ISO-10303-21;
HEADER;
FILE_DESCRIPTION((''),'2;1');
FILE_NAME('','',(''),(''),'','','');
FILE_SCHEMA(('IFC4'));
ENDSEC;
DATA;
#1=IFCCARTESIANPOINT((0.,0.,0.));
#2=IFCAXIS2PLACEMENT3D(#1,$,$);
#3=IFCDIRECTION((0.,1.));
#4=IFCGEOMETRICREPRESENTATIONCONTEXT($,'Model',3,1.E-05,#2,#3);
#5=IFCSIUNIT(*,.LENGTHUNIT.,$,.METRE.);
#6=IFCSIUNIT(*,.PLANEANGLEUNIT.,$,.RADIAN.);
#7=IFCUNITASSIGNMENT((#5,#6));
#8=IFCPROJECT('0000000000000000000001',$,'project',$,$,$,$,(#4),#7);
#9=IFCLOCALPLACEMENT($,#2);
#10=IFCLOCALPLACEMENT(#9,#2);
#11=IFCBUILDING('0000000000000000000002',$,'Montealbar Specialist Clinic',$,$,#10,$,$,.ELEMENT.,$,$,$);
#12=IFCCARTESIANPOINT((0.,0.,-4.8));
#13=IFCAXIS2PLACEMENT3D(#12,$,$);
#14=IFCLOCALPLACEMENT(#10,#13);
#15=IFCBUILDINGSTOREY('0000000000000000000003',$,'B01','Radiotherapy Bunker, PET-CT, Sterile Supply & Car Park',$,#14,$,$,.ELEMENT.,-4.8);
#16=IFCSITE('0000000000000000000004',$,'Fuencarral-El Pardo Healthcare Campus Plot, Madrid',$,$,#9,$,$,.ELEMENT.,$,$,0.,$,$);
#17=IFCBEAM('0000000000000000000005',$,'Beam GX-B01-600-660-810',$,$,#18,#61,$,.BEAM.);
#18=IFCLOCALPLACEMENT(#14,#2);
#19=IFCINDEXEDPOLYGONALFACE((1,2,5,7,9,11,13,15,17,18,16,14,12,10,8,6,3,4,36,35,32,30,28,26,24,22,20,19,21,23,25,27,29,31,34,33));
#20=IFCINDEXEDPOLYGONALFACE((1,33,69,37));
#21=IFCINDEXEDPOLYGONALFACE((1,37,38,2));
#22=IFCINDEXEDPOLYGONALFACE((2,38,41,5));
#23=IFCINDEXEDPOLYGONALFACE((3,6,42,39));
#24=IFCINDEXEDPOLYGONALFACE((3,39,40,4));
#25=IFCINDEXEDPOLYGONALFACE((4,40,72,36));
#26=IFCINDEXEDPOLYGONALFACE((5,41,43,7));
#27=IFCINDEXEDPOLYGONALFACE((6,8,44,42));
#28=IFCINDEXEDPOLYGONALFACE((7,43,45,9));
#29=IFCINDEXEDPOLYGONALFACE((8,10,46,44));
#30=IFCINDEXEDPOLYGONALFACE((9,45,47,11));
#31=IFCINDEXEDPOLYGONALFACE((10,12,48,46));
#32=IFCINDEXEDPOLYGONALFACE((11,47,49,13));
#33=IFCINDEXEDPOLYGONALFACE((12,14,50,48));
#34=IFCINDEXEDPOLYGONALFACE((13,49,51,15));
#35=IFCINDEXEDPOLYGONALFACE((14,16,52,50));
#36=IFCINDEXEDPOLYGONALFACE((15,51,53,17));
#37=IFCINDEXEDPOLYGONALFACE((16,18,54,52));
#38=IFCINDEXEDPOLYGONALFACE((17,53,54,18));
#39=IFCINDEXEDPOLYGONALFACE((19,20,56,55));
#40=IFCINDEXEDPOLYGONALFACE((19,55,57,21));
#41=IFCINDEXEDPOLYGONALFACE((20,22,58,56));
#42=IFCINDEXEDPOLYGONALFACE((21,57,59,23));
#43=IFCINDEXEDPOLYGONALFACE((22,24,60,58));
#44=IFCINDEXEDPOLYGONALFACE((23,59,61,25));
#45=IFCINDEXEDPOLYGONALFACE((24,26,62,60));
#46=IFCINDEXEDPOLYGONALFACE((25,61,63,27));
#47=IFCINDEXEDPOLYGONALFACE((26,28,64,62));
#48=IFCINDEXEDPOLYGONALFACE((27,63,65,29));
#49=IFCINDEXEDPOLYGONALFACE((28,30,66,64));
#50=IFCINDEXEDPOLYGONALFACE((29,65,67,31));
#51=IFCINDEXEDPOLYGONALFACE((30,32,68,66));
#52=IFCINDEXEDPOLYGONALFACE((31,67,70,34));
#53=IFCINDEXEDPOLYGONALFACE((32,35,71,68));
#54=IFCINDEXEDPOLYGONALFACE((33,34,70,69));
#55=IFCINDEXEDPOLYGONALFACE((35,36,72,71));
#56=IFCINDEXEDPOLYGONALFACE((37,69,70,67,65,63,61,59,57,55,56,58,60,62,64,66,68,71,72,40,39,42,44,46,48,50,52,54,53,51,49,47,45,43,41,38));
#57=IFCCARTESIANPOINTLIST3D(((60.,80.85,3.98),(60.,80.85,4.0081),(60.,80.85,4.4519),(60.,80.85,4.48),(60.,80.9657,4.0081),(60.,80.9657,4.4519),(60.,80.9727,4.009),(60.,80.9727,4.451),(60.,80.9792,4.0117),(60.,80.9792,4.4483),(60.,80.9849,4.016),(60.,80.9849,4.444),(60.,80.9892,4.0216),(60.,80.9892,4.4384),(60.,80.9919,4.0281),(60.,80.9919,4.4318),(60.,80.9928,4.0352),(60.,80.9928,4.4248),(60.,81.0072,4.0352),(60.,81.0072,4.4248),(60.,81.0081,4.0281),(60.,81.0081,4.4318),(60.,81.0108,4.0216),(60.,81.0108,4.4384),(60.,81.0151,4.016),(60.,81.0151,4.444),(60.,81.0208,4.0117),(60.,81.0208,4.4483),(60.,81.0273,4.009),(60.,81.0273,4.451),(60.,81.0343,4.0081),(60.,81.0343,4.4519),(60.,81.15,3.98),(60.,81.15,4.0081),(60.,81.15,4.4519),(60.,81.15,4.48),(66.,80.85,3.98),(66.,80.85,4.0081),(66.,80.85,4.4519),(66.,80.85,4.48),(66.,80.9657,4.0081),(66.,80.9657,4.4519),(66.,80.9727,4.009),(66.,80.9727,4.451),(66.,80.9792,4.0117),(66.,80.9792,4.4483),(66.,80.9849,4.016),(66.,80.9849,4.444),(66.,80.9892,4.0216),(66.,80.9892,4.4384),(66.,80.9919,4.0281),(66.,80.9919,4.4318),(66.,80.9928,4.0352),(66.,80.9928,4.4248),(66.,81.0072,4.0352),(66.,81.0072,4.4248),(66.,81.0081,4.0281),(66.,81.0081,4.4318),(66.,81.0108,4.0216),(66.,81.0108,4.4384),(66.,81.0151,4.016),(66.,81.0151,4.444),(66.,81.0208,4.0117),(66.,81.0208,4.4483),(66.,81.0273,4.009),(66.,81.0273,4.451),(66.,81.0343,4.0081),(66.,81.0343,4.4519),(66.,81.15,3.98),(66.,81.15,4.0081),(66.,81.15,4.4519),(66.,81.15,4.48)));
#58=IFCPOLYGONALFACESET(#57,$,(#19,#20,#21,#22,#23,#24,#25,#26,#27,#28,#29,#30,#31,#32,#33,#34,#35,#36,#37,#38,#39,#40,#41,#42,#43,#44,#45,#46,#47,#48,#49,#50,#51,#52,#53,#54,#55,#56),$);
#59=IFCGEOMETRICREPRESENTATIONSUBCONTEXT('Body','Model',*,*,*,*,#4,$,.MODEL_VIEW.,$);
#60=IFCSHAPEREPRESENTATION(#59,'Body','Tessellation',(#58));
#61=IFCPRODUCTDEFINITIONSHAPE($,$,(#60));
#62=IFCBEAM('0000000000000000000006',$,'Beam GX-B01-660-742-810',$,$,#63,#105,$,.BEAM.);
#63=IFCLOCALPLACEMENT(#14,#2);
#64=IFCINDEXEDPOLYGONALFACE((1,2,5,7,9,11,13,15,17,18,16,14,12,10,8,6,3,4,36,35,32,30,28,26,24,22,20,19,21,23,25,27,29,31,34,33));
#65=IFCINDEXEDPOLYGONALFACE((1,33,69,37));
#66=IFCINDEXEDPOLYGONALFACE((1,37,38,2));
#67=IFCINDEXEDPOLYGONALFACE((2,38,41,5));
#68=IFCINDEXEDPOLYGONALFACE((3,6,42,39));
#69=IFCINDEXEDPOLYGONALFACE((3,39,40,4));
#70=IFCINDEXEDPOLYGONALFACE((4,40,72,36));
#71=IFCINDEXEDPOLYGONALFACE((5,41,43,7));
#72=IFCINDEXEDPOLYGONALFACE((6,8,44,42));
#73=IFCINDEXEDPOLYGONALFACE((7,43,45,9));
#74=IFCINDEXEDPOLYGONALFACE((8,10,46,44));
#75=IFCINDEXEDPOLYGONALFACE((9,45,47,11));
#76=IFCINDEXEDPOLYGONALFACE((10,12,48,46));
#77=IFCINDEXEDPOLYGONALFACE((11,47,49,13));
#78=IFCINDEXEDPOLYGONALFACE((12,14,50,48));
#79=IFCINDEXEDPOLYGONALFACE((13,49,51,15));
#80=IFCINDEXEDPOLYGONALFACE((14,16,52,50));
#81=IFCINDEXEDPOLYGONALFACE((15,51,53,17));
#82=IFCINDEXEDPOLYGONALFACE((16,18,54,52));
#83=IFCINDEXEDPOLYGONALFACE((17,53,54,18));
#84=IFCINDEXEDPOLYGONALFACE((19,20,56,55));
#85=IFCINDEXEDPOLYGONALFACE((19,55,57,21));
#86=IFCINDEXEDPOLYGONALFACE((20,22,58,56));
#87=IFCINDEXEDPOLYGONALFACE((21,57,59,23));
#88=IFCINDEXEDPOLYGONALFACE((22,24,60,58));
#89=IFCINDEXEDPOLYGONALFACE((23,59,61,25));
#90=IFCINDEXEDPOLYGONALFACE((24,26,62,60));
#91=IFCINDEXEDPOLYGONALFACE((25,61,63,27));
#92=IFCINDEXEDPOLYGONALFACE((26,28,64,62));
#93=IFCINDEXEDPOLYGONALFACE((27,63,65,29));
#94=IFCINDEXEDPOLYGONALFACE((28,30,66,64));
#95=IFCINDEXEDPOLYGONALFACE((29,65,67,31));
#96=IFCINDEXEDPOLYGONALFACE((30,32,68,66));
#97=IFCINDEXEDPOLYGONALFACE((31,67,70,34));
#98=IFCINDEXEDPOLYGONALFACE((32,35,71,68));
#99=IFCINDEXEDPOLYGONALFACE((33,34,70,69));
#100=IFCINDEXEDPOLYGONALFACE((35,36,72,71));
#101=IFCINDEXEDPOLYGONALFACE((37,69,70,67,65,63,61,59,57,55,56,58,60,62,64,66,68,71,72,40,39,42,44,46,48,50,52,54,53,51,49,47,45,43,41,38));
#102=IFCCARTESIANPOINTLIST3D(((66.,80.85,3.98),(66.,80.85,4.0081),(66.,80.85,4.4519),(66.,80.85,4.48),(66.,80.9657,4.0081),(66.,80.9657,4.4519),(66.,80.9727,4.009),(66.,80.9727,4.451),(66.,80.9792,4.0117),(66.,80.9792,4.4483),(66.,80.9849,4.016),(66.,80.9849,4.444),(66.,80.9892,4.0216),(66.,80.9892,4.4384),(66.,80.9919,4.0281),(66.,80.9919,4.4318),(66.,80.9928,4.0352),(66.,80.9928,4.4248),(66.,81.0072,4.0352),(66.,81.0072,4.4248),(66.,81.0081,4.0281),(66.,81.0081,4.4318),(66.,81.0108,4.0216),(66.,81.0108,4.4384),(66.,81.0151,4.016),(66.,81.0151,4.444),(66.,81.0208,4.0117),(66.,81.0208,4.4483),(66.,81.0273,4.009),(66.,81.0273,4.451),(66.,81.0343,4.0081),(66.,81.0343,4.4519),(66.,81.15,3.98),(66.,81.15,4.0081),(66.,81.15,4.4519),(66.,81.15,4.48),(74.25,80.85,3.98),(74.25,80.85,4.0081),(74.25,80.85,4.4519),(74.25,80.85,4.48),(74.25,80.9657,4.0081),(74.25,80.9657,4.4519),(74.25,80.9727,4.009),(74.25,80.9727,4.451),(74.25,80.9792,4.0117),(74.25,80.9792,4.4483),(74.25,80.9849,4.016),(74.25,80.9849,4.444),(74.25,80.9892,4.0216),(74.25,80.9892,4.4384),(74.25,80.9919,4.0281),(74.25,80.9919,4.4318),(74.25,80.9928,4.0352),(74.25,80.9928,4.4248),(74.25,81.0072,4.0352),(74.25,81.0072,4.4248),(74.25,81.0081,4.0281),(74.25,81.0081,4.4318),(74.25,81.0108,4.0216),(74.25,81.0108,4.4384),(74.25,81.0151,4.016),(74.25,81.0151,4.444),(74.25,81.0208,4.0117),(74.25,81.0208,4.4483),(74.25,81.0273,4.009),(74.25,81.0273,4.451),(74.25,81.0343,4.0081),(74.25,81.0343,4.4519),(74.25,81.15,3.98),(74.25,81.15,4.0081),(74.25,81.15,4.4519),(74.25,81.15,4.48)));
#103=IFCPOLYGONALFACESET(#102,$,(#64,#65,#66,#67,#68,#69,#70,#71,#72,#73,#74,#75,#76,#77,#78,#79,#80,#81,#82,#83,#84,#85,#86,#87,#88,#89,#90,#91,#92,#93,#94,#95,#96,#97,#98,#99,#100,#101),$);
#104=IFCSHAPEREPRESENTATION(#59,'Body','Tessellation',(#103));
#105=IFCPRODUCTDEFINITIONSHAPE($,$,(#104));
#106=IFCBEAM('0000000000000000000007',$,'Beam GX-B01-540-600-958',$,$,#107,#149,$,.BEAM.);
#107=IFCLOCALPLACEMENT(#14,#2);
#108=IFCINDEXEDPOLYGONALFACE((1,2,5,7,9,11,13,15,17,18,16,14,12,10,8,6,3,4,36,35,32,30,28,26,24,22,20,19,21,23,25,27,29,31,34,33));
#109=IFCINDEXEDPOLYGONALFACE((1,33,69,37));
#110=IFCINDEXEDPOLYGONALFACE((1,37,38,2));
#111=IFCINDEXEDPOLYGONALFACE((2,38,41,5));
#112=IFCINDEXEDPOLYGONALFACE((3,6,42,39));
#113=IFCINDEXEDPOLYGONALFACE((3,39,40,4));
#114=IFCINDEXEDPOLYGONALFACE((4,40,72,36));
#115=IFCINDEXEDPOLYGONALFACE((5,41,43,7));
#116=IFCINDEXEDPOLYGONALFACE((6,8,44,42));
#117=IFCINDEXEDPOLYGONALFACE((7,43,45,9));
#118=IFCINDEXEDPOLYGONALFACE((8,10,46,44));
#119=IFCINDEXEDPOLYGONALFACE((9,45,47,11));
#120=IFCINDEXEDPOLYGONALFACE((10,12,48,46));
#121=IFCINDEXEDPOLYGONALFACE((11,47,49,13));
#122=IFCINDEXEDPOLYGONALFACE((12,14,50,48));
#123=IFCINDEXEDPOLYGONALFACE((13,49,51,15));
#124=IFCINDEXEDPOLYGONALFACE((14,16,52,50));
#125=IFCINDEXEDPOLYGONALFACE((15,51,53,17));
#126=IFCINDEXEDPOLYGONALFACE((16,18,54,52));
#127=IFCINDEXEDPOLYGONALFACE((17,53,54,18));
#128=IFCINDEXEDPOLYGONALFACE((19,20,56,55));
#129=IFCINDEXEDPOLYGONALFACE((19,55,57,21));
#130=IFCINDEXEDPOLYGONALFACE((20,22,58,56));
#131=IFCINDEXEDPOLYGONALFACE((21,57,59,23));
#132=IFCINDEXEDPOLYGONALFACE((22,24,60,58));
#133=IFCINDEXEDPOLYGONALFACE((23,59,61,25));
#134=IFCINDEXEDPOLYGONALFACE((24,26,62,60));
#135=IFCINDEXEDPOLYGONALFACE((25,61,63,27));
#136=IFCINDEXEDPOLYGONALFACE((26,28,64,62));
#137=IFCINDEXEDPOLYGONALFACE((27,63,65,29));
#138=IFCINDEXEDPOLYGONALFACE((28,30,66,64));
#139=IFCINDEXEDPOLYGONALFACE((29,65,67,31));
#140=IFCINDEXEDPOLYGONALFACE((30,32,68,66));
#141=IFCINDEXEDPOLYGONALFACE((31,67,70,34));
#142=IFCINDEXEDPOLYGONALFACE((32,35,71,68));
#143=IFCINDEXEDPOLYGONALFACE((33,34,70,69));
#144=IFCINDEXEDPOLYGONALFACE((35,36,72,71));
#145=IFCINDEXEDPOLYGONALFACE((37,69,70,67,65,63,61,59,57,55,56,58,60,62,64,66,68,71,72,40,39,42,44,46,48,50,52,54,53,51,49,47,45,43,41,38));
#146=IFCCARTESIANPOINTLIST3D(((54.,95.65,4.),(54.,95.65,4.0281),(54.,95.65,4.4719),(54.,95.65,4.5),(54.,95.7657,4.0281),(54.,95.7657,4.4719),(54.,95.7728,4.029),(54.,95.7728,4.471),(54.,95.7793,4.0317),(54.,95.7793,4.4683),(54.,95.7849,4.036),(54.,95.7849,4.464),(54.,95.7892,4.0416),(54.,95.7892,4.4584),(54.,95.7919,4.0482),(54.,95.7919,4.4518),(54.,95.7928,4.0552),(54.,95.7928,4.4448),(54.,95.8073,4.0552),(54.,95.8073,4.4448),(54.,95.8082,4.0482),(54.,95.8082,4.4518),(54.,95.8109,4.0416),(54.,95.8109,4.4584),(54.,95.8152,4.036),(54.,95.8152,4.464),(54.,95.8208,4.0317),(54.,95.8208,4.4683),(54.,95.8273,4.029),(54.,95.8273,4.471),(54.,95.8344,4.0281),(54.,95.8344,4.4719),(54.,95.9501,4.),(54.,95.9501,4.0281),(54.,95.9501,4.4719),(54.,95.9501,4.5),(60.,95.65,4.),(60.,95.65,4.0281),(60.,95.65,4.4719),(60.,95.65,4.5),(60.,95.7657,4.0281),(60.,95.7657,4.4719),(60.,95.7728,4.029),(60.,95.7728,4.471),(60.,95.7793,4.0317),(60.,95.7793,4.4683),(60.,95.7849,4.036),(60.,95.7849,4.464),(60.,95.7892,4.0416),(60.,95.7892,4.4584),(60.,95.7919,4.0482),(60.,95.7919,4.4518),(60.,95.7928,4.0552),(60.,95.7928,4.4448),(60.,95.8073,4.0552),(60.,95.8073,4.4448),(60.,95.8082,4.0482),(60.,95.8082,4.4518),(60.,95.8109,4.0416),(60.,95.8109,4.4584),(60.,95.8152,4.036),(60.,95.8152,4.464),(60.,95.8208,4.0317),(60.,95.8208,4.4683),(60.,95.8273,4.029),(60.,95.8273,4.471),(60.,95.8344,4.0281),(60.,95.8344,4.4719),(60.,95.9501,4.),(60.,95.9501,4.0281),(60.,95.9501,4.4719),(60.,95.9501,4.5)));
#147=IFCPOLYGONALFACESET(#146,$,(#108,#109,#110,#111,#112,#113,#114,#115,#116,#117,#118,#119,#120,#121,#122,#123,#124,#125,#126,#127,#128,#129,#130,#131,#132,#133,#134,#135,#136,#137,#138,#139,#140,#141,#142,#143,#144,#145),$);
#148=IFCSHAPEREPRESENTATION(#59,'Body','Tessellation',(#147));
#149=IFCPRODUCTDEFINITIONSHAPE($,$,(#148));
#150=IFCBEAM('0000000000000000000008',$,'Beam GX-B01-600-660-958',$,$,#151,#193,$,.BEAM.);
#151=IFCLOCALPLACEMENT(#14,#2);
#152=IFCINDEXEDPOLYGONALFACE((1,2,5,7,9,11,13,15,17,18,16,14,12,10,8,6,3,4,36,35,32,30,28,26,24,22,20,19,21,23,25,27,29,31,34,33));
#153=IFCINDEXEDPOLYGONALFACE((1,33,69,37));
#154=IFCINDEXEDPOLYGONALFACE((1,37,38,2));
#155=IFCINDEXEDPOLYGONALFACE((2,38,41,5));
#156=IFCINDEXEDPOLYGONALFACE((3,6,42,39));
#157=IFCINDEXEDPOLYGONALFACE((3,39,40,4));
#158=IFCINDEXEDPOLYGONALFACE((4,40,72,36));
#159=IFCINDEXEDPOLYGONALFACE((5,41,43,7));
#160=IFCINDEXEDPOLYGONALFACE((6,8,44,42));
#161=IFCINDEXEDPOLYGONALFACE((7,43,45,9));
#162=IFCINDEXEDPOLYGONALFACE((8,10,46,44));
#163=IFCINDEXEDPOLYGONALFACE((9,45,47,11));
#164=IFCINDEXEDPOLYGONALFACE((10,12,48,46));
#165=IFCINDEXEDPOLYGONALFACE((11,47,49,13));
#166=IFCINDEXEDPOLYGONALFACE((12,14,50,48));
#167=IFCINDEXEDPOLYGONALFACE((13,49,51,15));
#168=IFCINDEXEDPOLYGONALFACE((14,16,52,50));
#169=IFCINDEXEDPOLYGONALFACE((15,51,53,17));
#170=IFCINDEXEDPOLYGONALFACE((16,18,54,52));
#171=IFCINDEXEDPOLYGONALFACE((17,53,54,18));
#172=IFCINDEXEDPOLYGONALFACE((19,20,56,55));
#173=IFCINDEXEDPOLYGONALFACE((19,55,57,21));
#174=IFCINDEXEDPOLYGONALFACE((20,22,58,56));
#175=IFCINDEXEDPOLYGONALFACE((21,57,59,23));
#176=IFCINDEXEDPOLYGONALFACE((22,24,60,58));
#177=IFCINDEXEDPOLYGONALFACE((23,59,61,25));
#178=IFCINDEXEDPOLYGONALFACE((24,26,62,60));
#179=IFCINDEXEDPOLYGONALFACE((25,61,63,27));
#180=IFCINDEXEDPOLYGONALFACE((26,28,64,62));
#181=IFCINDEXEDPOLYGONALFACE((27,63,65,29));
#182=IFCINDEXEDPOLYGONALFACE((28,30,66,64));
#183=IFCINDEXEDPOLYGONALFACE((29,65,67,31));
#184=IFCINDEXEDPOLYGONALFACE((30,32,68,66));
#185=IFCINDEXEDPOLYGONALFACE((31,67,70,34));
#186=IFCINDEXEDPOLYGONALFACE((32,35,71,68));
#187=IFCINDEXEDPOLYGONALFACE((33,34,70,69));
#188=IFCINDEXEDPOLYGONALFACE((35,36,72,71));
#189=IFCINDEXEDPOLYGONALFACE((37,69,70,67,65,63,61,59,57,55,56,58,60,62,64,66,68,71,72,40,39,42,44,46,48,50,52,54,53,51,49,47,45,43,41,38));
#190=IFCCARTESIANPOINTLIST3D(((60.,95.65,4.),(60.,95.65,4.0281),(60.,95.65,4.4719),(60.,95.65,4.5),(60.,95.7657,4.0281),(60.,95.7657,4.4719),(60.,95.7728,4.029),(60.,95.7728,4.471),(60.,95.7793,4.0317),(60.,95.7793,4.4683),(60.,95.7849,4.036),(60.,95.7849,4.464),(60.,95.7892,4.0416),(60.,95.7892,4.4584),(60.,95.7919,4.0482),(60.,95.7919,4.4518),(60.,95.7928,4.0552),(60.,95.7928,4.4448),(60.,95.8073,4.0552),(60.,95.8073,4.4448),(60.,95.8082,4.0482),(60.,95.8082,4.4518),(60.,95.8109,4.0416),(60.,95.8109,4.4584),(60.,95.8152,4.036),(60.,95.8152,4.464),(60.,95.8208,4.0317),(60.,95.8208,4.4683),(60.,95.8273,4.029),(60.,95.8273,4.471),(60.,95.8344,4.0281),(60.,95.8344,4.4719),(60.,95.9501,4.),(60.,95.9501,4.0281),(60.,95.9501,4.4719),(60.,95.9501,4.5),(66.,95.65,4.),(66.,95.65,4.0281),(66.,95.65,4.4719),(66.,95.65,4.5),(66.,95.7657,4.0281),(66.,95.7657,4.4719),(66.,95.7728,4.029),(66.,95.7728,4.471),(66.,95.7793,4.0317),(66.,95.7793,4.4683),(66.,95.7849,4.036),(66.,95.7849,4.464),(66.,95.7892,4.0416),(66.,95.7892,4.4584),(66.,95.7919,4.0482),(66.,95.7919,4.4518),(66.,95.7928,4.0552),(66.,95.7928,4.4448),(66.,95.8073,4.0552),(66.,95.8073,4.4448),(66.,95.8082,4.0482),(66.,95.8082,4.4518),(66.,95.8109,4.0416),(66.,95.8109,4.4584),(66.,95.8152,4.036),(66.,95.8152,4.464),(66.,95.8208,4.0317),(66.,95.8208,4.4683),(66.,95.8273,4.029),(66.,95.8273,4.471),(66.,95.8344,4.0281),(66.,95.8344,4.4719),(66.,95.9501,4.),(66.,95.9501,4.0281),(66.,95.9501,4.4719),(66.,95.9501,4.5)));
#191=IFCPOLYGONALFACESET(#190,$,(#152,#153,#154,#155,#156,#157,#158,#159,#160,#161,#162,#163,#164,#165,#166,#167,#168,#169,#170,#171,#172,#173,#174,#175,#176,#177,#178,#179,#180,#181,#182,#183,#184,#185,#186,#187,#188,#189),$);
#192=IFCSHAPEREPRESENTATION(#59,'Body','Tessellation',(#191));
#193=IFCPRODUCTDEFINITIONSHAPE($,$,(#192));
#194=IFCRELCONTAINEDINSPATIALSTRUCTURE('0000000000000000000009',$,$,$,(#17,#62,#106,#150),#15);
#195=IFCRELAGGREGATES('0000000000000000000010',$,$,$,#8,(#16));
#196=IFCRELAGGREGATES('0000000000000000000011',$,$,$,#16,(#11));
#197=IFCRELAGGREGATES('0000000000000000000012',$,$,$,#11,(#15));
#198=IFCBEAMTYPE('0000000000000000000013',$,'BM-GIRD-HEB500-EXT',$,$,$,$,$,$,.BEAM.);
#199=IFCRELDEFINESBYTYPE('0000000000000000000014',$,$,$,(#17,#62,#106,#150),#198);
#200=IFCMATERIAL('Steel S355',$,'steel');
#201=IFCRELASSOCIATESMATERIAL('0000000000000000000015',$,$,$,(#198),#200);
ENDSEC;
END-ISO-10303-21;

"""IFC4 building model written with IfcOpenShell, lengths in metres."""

from ifc_helpers import new_model, si_unit, direction, frame, origin, origin_2d, place, context, subcontext, project, spatial, i_section, extrude, material, material_profile, profile_set, type_object, element, save


model = new_model("IFC4")

# Units and contexts
model_context = context("Model", 3, precision=1e-05, world=origin(), true_north=direction((0.0, 1.0)))
body_context = subcontext(model_context, "Body", "Model", "MODEL_VIEW")
ifc_project = project(units=[si_unit("LENGTHUNIT", "METRE"), si_unit("PLANEANGLEUNIT", "RADIAN")], contexts=[model_context])

# Site, building, storey
site_placement = place(None, origin())
site = spatial("IfcSite", under=ifc_project, at=site_placement, Name="Fuencarral-El Pardo Healthcare Campus Plot, Madrid", CompositionType="ELEMENT", RefElevation=0.0)
building_placement = place(site_placement, origin())
building = spatial("IfcBuilding", under=site, at=building_placement, Name="Montealbar Specialist Clinic", CompositionType="ELEMENT")
storey_placement = place(building_placement, frame((0.0, 0.0, -4.8)))
storey = spatial("IfcBuildingStorey", under=building, at=storey_placement, Name="B01", Description="Radiotherapy Bunker, PET-CT, Sterile Supply & Car Park", CompositionType="ELEMENT", Elevation=-4.8)

# Shared definitions
ifc_material_1 = material(Name="Steel S355", Category="steel")

# Beams
ifc_material_profile_1 = material_profile(ifc_material_1, i_section(OverallWidth=0.3, OverallDepth=0.5, WebThickness=0.0144, FlangeThickness=0.0281, FilletRadius=0.0271, at=origin_2d()), Name="HEB 500", Category="steel")
ifc_profile_set_1 = profile_set([ifc_material_profile_1], Name="Steel S355")
beam_type_1 = type_object("IfcBeamType", Name="BM-GIRD-HEB500-EXT", PredefinedType="BEAM", material=ifc_profile_set_1)
for number, where, z_axis, x_axis, name in (
    (1, (60.0, 81.0, 4.23), (1.0, 0.0, 0.0), (0.0, 1.0, 0.0), "Beam GX-B01-600-660-810"),
):
    element("IfcBeam", number, at=place(storey_placement, frame(where, z_axis=z_axis, x_axis=x_axis)), inside=storey, type_object=beam_type_1, Name=name, PredefinedType="BEAM", context=body_context, shape_type="SweptSolid", body=[
        extrude(i_section(OverallWidth=0.3, OverallDepth=0.5, WebThickness=0.0144, FlangeThickness=0.0281, FilletRadius=0.0271, at=origin_2d()), origin(), (0.0, 0.0, 1.0), 6.0),
    ])
beam_1_placement = place(storey_placement, frame((66.0, 81.0, 4.23), z_axis=(1.0, 0.0, 0.0), x_axis=(0.0, 1.0, 0.0)))
element("IfcBeam", 2, at=beam_1_placement, inside=storey, type_object=beam_type_1, Name="Beam GX-B01-660-742-810", PredefinedType="BEAM", context=body_context, shape_type="SweptSolid", body=[
    extrude(i_section(OverallWidth=0.3, OverallDepth=0.5, WebThickness=0.0144, FlangeThickness=0.0281, FilletRadius=0.0271, at=origin_2d()), origin(), (0.0, 0.0, 1.0), 8.25),
])
for number, where, z_axis, x_axis, name in (
    (3, (54.0, 95.8, 4.25), (1.0, 0.0, 0.0), (0.0, 1.0, 0.0), "Beam GX-B01-540-600-958"),
    (4, (60.0, 95.8, 4.25), (1.0, 0.0, 0.0), (0.0, 1.0, 0.0), "Beam GX-B01-600-660-958"),
):
    element("IfcBeam", number, at=place(storey_placement, frame(where, z_axis=z_axis, x_axis=x_axis)), inside=storey, type_object=beam_type_1, Name=name, PredefinedType="BEAM", context=body_context, shape_type="SweptSolid", body=[
        extrude(i_section(OverallWidth=0.3, OverallDepth=0.5, WebThickness=0.0144, FlangeThickness=0.0281, FilletRadius=0.0271, at=origin_2d()), origin(), (0.0, 0.0, 1.0), 6.0),
    ])

save(model, "model.ifc")
